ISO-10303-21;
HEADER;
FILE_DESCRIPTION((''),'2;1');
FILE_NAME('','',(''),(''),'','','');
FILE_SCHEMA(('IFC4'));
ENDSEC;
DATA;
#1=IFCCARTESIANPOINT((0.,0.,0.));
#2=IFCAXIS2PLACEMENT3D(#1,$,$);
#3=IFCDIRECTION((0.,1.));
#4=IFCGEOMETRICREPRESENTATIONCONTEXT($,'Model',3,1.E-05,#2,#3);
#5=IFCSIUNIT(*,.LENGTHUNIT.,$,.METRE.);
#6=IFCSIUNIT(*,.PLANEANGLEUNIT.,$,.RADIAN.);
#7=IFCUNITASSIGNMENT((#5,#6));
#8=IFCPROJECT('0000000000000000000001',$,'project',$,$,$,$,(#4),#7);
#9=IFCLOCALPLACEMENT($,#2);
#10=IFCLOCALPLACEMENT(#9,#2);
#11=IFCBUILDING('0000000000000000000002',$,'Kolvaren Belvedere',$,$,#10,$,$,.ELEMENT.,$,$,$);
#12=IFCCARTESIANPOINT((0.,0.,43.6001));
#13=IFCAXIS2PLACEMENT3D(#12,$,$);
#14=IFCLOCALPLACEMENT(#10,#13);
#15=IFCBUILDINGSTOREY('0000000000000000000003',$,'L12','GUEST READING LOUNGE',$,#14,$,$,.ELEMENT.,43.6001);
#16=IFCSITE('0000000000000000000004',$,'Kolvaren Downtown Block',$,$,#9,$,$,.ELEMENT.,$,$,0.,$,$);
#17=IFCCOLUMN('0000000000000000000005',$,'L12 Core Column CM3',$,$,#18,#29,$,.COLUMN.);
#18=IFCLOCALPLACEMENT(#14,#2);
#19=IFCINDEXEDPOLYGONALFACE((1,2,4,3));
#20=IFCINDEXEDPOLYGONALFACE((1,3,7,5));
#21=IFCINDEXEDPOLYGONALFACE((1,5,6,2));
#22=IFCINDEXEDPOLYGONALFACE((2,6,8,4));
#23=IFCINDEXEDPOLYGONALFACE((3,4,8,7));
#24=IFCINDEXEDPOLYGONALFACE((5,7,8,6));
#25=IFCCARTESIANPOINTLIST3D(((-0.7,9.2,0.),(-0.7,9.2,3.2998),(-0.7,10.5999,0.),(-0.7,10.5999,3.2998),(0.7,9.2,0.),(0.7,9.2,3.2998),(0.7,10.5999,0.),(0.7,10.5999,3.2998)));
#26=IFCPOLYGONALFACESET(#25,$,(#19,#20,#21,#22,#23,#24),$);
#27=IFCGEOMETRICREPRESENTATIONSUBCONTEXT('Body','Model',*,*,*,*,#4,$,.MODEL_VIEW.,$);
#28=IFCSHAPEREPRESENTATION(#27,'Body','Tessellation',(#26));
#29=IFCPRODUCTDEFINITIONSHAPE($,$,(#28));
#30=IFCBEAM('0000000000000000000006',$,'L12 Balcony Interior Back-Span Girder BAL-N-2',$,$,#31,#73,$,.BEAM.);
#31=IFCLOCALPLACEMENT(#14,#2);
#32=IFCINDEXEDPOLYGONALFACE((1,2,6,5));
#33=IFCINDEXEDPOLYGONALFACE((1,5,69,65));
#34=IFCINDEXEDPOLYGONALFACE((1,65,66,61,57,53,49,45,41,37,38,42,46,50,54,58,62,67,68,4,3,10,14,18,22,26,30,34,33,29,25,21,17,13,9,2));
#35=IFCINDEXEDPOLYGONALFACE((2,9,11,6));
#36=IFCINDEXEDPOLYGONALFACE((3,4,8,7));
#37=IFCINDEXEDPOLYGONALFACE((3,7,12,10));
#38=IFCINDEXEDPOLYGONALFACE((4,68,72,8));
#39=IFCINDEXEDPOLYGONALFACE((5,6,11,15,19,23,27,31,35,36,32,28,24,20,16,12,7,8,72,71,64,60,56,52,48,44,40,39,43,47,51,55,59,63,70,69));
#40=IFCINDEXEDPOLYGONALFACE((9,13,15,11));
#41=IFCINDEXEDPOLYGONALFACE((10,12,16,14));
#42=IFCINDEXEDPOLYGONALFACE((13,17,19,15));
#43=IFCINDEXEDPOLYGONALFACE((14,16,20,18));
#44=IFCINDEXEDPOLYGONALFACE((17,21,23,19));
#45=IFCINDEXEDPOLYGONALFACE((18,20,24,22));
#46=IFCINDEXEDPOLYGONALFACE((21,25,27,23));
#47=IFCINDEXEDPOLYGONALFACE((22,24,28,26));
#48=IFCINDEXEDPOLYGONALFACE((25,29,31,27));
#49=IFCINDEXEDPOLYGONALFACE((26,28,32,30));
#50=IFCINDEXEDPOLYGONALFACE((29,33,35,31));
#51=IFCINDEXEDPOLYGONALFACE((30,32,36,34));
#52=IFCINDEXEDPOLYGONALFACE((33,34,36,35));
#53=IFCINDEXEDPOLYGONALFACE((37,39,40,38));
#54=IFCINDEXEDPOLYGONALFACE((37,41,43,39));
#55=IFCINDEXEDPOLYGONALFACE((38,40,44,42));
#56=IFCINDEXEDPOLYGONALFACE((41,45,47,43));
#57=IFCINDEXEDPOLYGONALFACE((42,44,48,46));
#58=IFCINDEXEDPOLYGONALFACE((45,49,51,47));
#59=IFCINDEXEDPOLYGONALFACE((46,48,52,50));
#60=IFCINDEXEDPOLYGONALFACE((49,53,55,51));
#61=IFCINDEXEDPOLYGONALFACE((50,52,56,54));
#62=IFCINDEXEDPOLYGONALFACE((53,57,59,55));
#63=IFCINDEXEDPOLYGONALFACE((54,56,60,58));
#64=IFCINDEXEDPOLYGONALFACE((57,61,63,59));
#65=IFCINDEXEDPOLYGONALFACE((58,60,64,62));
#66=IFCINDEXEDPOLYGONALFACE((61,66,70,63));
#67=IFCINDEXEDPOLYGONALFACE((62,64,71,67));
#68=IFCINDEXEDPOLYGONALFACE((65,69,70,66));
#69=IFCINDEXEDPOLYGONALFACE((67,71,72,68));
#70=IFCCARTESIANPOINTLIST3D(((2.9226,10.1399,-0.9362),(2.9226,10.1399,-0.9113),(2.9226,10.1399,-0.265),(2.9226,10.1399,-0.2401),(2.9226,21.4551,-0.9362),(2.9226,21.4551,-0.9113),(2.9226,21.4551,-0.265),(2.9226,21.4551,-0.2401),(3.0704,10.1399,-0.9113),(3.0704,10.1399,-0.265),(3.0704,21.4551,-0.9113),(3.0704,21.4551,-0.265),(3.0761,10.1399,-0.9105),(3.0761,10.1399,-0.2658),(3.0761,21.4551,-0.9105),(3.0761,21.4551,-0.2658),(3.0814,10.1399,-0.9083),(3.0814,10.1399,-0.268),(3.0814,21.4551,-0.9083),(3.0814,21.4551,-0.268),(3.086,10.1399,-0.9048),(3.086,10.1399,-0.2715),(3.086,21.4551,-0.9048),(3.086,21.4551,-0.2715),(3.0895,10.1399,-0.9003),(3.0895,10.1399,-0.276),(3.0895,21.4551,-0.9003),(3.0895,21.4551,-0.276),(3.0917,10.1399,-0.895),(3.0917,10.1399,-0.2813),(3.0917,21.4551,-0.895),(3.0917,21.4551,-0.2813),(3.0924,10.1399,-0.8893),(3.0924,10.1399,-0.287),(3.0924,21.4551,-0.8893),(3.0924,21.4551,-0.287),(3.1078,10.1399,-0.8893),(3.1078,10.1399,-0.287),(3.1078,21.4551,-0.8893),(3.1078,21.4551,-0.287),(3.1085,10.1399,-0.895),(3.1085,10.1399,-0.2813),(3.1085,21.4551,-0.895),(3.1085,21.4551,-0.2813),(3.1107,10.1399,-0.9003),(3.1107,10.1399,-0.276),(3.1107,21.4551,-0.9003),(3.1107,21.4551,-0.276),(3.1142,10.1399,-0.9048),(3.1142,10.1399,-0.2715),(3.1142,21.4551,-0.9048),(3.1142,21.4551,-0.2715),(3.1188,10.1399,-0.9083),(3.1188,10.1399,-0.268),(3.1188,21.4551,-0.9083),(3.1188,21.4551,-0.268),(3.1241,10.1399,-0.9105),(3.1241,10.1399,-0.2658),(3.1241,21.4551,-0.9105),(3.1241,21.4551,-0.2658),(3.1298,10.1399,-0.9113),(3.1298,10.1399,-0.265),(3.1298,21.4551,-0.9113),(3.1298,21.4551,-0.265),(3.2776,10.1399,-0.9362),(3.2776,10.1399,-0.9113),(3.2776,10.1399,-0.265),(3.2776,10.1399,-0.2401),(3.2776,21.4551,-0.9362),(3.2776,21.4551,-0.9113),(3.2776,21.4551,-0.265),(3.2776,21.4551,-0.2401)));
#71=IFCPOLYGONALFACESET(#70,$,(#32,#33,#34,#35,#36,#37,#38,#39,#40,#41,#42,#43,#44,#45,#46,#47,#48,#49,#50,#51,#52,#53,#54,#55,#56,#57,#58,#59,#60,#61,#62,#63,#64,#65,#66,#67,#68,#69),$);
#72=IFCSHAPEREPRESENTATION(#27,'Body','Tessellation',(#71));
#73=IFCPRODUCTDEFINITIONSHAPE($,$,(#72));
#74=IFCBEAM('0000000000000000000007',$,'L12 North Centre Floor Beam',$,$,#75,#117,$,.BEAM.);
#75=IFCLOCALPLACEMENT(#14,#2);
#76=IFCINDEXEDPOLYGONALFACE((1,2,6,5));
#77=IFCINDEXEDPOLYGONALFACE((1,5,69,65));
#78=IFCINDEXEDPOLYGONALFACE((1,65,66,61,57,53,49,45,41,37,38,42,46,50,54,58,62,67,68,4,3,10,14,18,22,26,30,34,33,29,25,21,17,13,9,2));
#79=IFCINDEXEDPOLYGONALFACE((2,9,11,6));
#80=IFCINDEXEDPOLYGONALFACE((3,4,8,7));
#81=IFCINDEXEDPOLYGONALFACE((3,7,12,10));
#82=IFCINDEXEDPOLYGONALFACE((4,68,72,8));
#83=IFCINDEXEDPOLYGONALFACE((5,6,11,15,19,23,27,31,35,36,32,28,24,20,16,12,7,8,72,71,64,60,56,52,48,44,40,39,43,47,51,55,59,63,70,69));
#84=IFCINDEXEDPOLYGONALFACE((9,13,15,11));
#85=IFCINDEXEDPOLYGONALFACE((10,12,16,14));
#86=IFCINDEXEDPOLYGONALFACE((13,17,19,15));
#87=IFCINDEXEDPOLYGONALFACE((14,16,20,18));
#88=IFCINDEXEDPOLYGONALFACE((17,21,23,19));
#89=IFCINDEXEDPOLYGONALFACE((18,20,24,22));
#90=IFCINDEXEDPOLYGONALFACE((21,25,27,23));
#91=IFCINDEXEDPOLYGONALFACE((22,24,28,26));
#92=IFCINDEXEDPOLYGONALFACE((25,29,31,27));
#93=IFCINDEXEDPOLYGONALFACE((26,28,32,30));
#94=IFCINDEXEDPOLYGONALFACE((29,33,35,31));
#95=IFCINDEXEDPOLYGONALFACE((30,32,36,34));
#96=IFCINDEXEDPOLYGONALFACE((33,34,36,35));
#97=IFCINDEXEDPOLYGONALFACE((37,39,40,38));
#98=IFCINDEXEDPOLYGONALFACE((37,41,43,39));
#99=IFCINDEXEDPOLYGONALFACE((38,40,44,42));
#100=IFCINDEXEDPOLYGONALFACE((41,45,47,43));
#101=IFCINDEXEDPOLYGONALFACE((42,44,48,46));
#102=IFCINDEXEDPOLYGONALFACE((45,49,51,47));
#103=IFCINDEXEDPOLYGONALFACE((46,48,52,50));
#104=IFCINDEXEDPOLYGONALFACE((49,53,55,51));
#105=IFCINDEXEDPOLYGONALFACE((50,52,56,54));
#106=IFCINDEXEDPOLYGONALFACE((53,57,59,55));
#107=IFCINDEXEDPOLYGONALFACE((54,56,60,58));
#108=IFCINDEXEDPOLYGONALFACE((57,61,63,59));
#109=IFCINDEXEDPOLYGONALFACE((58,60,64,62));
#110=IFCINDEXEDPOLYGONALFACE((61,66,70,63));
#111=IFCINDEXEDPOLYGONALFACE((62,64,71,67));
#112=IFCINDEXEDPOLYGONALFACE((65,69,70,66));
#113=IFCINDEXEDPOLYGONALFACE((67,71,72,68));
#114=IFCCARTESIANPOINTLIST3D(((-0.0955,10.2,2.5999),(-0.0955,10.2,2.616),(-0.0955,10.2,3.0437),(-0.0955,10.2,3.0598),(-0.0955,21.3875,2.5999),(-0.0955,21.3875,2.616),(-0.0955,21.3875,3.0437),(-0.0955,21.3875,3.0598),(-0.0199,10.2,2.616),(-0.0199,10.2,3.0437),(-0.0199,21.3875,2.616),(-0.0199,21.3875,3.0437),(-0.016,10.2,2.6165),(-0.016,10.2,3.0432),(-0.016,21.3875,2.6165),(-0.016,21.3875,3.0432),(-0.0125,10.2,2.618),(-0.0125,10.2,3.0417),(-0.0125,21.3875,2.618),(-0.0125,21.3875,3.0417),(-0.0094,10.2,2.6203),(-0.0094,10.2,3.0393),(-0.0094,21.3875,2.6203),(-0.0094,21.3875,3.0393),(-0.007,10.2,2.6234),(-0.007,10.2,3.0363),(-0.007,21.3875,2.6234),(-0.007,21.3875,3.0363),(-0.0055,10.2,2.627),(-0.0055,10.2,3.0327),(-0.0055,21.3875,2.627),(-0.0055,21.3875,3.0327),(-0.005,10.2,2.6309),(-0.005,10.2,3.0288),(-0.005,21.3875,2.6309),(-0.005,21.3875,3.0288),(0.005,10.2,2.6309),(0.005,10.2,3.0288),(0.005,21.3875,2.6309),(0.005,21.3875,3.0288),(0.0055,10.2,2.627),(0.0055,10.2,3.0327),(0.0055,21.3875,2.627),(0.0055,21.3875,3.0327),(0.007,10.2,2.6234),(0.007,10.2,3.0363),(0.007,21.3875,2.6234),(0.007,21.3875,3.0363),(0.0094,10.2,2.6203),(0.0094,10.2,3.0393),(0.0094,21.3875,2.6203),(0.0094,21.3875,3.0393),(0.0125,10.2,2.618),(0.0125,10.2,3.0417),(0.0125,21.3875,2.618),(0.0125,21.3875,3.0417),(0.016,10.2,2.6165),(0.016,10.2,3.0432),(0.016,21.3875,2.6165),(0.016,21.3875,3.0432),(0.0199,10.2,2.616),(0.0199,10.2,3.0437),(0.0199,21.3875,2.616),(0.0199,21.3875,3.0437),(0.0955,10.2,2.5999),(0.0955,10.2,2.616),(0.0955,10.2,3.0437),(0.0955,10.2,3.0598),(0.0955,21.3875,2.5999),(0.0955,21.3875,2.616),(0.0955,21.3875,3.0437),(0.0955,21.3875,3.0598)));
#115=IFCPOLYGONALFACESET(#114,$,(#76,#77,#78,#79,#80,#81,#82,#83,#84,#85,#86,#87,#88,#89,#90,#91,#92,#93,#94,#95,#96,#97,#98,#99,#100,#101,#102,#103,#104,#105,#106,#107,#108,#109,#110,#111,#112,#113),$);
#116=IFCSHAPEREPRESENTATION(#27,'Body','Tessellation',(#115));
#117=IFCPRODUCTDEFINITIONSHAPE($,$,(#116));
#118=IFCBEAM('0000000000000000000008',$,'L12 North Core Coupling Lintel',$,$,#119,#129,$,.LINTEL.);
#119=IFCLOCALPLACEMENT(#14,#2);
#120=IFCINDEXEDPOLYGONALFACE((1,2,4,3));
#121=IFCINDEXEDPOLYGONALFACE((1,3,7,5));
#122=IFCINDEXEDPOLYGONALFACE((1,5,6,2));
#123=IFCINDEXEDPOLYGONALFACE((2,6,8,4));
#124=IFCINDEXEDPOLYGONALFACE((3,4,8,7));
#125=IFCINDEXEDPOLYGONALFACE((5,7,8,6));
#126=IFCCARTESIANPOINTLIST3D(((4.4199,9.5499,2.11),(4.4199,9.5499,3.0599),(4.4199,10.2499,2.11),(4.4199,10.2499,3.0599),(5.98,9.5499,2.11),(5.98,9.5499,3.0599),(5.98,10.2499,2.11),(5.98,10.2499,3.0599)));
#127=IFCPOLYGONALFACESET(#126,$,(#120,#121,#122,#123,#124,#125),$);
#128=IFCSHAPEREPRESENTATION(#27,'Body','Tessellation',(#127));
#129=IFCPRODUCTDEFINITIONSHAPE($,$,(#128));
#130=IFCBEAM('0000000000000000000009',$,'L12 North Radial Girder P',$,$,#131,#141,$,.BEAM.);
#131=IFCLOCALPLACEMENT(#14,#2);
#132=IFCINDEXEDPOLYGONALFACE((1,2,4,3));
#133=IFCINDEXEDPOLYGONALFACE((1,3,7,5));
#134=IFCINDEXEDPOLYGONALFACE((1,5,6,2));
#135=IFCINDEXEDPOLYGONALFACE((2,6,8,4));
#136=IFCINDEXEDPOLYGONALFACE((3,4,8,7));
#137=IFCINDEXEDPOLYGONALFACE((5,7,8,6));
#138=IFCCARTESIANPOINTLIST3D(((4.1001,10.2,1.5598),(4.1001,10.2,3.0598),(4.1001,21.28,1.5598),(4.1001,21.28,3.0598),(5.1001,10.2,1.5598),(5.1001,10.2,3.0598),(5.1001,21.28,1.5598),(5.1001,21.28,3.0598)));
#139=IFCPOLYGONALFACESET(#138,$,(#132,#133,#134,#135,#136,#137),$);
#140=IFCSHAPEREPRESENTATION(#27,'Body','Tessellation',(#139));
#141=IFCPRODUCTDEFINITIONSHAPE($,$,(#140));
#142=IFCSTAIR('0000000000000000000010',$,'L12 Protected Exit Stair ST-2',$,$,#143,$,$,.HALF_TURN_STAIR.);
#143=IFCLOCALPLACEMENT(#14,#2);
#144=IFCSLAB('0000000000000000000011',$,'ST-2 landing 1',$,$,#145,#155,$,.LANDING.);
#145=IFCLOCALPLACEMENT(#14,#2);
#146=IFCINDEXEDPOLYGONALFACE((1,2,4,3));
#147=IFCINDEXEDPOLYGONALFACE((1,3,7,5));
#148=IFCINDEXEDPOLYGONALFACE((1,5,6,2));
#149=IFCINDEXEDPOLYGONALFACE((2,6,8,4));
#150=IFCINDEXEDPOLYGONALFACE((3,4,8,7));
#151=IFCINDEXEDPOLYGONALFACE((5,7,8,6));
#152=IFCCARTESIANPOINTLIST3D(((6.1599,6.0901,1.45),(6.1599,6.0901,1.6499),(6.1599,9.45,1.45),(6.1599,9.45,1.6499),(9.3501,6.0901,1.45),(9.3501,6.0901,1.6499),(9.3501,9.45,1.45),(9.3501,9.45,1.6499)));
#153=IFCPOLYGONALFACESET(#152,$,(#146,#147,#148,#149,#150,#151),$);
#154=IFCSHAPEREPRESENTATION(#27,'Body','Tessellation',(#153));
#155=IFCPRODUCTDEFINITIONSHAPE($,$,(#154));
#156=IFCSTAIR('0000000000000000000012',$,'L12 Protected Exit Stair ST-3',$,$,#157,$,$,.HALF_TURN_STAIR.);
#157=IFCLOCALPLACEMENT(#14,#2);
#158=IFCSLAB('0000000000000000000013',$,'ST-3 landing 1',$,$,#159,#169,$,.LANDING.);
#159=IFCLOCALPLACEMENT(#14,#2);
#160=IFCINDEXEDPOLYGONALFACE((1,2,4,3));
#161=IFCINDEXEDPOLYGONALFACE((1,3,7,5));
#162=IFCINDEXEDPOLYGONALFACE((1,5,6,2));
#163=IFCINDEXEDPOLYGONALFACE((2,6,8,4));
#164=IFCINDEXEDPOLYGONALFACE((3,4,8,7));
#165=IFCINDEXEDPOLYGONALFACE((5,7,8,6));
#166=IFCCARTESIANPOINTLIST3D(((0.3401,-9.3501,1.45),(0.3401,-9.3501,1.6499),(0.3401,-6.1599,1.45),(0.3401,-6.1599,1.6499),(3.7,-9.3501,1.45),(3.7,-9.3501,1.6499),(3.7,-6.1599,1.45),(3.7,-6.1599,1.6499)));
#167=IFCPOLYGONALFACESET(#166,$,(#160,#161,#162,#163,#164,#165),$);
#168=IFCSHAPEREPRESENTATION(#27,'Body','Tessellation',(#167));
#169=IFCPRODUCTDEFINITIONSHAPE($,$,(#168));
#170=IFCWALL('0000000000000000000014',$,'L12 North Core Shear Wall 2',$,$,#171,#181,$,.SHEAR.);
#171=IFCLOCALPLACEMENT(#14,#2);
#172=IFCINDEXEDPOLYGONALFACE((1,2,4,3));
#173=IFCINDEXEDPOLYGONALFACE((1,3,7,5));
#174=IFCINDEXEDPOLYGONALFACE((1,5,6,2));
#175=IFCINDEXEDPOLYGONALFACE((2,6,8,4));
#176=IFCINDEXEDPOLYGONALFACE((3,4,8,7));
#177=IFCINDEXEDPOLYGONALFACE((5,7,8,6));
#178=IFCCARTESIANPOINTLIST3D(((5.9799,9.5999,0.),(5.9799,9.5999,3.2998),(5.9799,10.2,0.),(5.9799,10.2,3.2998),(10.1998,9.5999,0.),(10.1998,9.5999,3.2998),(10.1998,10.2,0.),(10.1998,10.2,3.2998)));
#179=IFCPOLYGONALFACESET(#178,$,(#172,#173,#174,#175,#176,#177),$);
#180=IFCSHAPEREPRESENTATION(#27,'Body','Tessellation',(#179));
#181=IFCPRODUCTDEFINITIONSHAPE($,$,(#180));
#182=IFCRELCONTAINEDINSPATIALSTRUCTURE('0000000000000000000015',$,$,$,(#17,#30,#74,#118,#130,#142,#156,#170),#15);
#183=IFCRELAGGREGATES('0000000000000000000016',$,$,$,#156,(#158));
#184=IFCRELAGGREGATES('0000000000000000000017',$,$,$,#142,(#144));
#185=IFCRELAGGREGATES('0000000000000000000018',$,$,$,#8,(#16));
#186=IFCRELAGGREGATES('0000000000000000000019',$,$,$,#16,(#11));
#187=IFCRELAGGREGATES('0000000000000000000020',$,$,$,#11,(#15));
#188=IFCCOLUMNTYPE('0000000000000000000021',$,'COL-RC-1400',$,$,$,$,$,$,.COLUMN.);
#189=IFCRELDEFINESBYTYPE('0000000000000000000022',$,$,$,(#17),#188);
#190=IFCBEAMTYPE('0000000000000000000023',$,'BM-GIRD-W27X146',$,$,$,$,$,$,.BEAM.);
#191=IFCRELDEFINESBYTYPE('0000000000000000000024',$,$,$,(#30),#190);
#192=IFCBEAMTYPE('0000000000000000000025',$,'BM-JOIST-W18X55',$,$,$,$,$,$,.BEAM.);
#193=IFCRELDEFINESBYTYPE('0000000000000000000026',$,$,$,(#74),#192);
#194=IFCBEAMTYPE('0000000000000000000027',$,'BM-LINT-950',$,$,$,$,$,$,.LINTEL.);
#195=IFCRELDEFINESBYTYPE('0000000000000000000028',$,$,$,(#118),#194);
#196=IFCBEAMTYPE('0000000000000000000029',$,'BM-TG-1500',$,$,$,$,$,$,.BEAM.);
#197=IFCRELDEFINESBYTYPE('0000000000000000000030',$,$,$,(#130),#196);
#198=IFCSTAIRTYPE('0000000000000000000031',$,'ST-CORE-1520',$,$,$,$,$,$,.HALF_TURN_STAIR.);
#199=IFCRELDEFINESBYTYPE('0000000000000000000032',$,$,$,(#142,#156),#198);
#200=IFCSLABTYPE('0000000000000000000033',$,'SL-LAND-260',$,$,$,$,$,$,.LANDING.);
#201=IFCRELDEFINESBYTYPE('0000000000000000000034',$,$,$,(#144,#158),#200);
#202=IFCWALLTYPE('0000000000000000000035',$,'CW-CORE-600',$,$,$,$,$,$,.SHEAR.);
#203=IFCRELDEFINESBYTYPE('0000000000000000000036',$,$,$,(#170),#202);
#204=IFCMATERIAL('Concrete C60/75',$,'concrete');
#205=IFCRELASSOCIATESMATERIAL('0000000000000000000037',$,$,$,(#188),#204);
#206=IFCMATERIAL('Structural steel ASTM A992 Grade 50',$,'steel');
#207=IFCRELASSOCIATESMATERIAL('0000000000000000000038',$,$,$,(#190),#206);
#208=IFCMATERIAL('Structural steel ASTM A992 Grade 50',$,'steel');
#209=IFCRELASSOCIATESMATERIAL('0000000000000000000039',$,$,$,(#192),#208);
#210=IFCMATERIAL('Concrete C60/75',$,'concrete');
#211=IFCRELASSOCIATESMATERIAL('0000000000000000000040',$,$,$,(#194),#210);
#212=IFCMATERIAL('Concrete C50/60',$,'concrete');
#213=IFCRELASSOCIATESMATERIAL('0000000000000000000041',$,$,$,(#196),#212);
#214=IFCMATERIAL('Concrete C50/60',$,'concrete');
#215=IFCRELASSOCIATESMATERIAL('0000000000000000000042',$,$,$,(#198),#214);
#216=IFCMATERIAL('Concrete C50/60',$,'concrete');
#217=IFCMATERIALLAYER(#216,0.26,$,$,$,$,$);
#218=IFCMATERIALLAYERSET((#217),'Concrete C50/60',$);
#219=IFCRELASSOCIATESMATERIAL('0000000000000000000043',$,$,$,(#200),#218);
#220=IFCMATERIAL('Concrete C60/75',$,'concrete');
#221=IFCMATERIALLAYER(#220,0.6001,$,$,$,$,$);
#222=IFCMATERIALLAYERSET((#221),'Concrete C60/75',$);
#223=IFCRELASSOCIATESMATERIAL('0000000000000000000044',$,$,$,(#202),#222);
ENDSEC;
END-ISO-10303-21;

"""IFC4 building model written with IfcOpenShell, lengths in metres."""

from ifc_helpers import new_model, si_unit, direction, frame, frame_2d, origin, origin_2d, place, context, subcontext, project, spatial, polyline, rectangle, i_section, outline, extrude, material, layer, layer_set, material_profile, profile_set, type_object, element, aggregate, save


model = new_model("IFC4")

# Units and contexts
model_context = context("Model", 3, precision=1e-05, world=origin(), true_north=direction((0.0, 1.0)))
body_context = subcontext(model_context, "Body", "Model", "MODEL_VIEW")
ifc_project = project(units=[si_unit("LENGTHUNIT", "METRE"), si_unit("PLANEANGLEUNIT", "RADIAN")], contexts=[model_context])

# Site, building, storey
site_placement = place(None, origin())
site = spatial("IfcSite", under=ifc_project, at=site_placement, Name="Kolvaren Downtown Block", CompositionType="ELEMENT", RefElevation=0.0)
building_placement = place(site_placement, origin())
building = spatial("IfcBuilding", under=site, at=building_placement, Name="Kolvaren Belvedere", CompositionType="ELEMENT")
storey_placement = place(building_placement, frame((0.0, 0.0, 43.6001)))
storey = spatial("IfcBuildingStorey", under=building, at=storey_placement, Name="L12", Description="GUEST READING LOUNGE", CompositionType="ELEMENT", Elevation=43.6001)

# Column
ifc_material_1 = material(Name="Concrete C60/75", Category="concrete")
ifc_material_profile_1 = material_profile(ifc_material_1, rectangle(XDim=1.3999, YDim=1.3999, at=origin_2d()), Name="RC 1400X1400")
ifc_profile_set_1 = profile_set([ifc_material_profile_1], Name="Concrete C60/75")
column_type = type_object("IfcColumnType", Name="COL-RC-1400", PredefinedType="COLUMN", material=ifc_profile_set_1)
column_placement = place(storey_placement, frame((0.0, 9.8999, 0.0), z_axis=(0.0, 0.0, 1.0), x_axis=(1.0, 0.0, 0.0)))
element("IfcColumn", 1, at=column_placement, inside=storey, type_object=column_type, Name="L12 Core Column CM3", PredefinedType="COLUMN", context=body_context, shape_type="SweptSolid", body=[
    extrude(rectangle(XDim=1.3999, YDim=1.3999, at=origin_2d()), origin(), (0.0, 0.0, 1.0), 3.2998),
])

# Beams
ifc_material_2 = material(Name="Structural steel ASTM A992 Grade 50", Category="steel")
ifc_material_profile_2 = material_profile(ifc_material_2, i_section(OverallWidth=0.355, OverallDepth=0.696, WebThickness=0.0154, FlangeThickness=0.0249, FilletRadius=0.022, at=origin_2d()), Name="W27X146")
ifc_profile_set_2 = profile_set([ifc_material_profile_2], Name="Structural steel ASTM A992 Grade 50")
beam_type_1 = type_object("IfcBeamType", Name="BM-GIRD-W27X146", PredefinedType="BEAM", material=ifc_profile_set_2)
beam_1_placement = place(storey_placement, frame((3.1001, 10.1399, -0.5881), z_axis=(0.0, 1.0, 0.0), x_axis=(-1.0, 0.0, 0.0)))
element("IfcBeam", 2, at=beam_1_placement, inside=storey, type_object=beam_type_1, Name="L12 Balcony Interior Back-Span Girder BAL-N-2", PredefinedType="BEAM", context=body_context, shape_type="SweptSolid", body=[
    extrude(i_section(OverallWidth=0.355, OverallDepth=0.696, WebThickness=0.0154, FlangeThickness=0.0249, FilletRadius=0.022, at=origin_2d()), origin(), (0.0, 0.0, 1.0), 11.3152),
])
ifc_material_3 = material(Name="Structural steel ASTM A992 Grade 50", Category="steel")
ifc_material_profile_3 = material_profile(ifc_material_3, i_section(OverallWidth=0.1909, OverallDepth=0.46, WebThickness=0.01, FlangeThickness=0.0161, FilletRadius=0.0149, at=origin_2d()), Name="W18X55")
ifc_profile_set_3 = profile_set([ifc_material_profile_3], Name="Structural steel ASTM A992 Grade 50")
beam_type_2 = type_object("IfcBeamType", Name="BM-JOIST-W18X55", PredefinedType="BEAM", material=ifc_profile_set_3)
beam_2_placement = place(storey_placement, frame((0.0, 10.2, 2.8298), z_axis=(0.0, 1.0, 0.0), x_axis=(-1.0, 0.0, 0.0)))
element("IfcBeam", 3, at=beam_2_placement, inside=storey, type_object=beam_type_2, Name="L12 North Centre Floor Beam", PredefinedType="BEAM", context=body_context, shape_type="SweptSolid", body=[
    extrude(i_section(OverallWidth=0.1909, OverallDepth=0.46, WebThickness=0.01, FlangeThickness=0.0161, FilletRadius=0.0149, at=origin_2d()), origin(), (0.0, 0.0, 1.0), 11.1875),
])
ifc_material_4 = material(Name="Concrete C60/75", Category="concrete")
ifc_material_profile_4 = material_profile(ifc_material_4, rectangle(XDim=0.7, YDim=0.95, at=origin_2d()), Name="RC 700X950")
ifc_profile_set_4 = profile_set([ifc_material_profile_4], Name="Concrete C60/75")
beam_type_3 = type_object("IfcBeamType", Name="BM-LINT-950", PredefinedType="LINTEL", material=ifc_profile_set_4)
beam_3_placement = place(storey_placement, frame((4.4199, 9.8999, 2.585), z_axis=(1.0, 0.0, 0.0), x_axis=(0.0, 1.0, 0.0)))
element("IfcBeam", 4, at=beam_3_placement, inside=storey, type_object=beam_type_3, Name="L12 North Core Coupling Lintel", PredefinedType="LINTEL", context=body_context, shape_type="SweptSolid", body=[
    extrude(rectangle(XDim=0.7, YDim=0.95, at=origin_2d()), origin(), (0.0, 0.0, 1.0), 1.5601),
])
ifc_material_5 = material(Name="Concrete C50/60", Category="concrete")
ifc_material_profile_5 = material_profile(ifc_material_5, rectangle(XDim=1.0, YDim=1.5, at=origin_2d()), Name="RC 1000X1500")
ifc_profile_set_5 = profile_set([ifc_material_profile_5], Name="Concrete C50/60")
beam_type_4 = type_object("IfcBeamType", Name="BM-TG-1500", PredefinedType="BEAM", material=ifc_profile_set_5)
beam_4_placement = place(storey_placement, frame((4.6001, 10.2, 2.3098), z_axis=(0.0, 1.0, 0.0), x_axis=(-1.0, 0.0, 0.0)))
element("IfcBeam", 5, at=beam_4_placement, inside=storey, type_object=beam_type_4, Name="L12 North Radial Girder P", PredefinedType="BEAM", context=body_context, shape_type="SweptSolid", body=[
    extrude(rectangle(XDim=1.0, YDim=1.5, at=origin_2d()), origin(), (0.0, 0.0, 1.0), 11.0801),
])

# Stairs, slabs
ifc_material_6 = material(Name="Concrete C50/60", Category="concrete")
stair_type = type_object("IfcStairType", Name="ST-CORE-1520", PredefinedType="HALF_TURN_STAIR", material=ifc_material_6)
stair_1_placement = place(storey_placement, origin())
stair_1 = element("IfcStair", 6, at=stair_1_placement, inside=storey, type_object=stair_type, Name="L12 Protected Exit Stair ST-2", PredefinedType="HALF_TURN_STAIR")
ifc_material_7 = material(Name="Concrete C50/60", Category="concrete")
ifc_layer_1 = layer(ifc_material_7, 0.26)
ifc_layer_set_1 = layer_set([ifc_layer_1], Name="Concrete C50/60")
slab_type = type_object("IfcSlabType", Name="SL-LAND-260", PredefinedType="LANDING", material=ifc_layer_set_1)
slab_1_placement = place(storey_placement, frame((0.0, 0.0, 1.45)))
slab_1 = element("IfcSlab", 7, at=slab_1_placement, type_object=slab_type, Name="ST-2 landing 1", PredefinedType="LANDING", context=body_context, shape_type="SweptSolid", body=[
    extrude(outline(polyline([(9.3501, 6.0901), (9.3501, 9.45), (6.1599, 9.45), (6.1599, 6.0901), (9.3501, 6.0901)])), origin(), (0.0, 0.0, 1.0), 0.2),
])
stair_2_placement = place(storey_placement, origin())
stair_2 = element("IfcStair", 8, at=stair_2_placement, inside=storey, type_object=stair_type, Name="L12 Protected Exit Stair ST-3", PredefinedType="HALF_TURN_STAIR")
slab_2_placement = place(storey_placement, frame((0.0, 0.0, 1.45)))
slab_2 = element("IfcSlab", 9, at=slab_2_placement, type_object=slab_type, Name="ST-3 landing 1", PredefinedType="LANDING", context=body_context, shape_type="SweptSolid", body=[
    extrude(outline(polyline([(0.3401, -9.3501), (3.7, -9.3501), (3.7, -6.1599), (0.3401, -6.1599), (0.3401, -9.3501)])), origin(), (0.0, 0.0, 1.0), 0.2),
])
aggregate(stair_2, [slab_2])

# Wall
ifc_material_8 = material(Name="Concrete C60/75", Category="concrete")
ifc_layer_2 = layer(ifc_material_8, 0.6001)
ifc_layer_set_2 = layer_set([ifc_layer_2], Name="Concrete C60/75")
wall_type_1 = type_object("IfcWallType", Name="CW-CORE-600", PredefinedType="SHEAR", material=ifc_layer_set_2)
wall_1_placement = place(storey_placement, frame((5.98, 9.8999, 0.0), z_axis=(0.0, 0.0, 1.0), x_axis=(1.0, 0.0, 0.0)))
element("IfcWall", 10, at=wall_1_placement, inside=storey, type_object=wall_type_1, Name="L12 North Core Shear Wall 2", PredefinedType="SHEAR", context=body_context, shape_type="SweptSolid", body=[
    extrude(rectangle(XDim=4.22, YDim=0.6001, at=frame_2d((2.1099, 0.0))), origin(), (0.0, 0.0, 1.0), 3.2998),
])

aggregate(stair_1, [slab_1])

save(model, "model.ifc")
